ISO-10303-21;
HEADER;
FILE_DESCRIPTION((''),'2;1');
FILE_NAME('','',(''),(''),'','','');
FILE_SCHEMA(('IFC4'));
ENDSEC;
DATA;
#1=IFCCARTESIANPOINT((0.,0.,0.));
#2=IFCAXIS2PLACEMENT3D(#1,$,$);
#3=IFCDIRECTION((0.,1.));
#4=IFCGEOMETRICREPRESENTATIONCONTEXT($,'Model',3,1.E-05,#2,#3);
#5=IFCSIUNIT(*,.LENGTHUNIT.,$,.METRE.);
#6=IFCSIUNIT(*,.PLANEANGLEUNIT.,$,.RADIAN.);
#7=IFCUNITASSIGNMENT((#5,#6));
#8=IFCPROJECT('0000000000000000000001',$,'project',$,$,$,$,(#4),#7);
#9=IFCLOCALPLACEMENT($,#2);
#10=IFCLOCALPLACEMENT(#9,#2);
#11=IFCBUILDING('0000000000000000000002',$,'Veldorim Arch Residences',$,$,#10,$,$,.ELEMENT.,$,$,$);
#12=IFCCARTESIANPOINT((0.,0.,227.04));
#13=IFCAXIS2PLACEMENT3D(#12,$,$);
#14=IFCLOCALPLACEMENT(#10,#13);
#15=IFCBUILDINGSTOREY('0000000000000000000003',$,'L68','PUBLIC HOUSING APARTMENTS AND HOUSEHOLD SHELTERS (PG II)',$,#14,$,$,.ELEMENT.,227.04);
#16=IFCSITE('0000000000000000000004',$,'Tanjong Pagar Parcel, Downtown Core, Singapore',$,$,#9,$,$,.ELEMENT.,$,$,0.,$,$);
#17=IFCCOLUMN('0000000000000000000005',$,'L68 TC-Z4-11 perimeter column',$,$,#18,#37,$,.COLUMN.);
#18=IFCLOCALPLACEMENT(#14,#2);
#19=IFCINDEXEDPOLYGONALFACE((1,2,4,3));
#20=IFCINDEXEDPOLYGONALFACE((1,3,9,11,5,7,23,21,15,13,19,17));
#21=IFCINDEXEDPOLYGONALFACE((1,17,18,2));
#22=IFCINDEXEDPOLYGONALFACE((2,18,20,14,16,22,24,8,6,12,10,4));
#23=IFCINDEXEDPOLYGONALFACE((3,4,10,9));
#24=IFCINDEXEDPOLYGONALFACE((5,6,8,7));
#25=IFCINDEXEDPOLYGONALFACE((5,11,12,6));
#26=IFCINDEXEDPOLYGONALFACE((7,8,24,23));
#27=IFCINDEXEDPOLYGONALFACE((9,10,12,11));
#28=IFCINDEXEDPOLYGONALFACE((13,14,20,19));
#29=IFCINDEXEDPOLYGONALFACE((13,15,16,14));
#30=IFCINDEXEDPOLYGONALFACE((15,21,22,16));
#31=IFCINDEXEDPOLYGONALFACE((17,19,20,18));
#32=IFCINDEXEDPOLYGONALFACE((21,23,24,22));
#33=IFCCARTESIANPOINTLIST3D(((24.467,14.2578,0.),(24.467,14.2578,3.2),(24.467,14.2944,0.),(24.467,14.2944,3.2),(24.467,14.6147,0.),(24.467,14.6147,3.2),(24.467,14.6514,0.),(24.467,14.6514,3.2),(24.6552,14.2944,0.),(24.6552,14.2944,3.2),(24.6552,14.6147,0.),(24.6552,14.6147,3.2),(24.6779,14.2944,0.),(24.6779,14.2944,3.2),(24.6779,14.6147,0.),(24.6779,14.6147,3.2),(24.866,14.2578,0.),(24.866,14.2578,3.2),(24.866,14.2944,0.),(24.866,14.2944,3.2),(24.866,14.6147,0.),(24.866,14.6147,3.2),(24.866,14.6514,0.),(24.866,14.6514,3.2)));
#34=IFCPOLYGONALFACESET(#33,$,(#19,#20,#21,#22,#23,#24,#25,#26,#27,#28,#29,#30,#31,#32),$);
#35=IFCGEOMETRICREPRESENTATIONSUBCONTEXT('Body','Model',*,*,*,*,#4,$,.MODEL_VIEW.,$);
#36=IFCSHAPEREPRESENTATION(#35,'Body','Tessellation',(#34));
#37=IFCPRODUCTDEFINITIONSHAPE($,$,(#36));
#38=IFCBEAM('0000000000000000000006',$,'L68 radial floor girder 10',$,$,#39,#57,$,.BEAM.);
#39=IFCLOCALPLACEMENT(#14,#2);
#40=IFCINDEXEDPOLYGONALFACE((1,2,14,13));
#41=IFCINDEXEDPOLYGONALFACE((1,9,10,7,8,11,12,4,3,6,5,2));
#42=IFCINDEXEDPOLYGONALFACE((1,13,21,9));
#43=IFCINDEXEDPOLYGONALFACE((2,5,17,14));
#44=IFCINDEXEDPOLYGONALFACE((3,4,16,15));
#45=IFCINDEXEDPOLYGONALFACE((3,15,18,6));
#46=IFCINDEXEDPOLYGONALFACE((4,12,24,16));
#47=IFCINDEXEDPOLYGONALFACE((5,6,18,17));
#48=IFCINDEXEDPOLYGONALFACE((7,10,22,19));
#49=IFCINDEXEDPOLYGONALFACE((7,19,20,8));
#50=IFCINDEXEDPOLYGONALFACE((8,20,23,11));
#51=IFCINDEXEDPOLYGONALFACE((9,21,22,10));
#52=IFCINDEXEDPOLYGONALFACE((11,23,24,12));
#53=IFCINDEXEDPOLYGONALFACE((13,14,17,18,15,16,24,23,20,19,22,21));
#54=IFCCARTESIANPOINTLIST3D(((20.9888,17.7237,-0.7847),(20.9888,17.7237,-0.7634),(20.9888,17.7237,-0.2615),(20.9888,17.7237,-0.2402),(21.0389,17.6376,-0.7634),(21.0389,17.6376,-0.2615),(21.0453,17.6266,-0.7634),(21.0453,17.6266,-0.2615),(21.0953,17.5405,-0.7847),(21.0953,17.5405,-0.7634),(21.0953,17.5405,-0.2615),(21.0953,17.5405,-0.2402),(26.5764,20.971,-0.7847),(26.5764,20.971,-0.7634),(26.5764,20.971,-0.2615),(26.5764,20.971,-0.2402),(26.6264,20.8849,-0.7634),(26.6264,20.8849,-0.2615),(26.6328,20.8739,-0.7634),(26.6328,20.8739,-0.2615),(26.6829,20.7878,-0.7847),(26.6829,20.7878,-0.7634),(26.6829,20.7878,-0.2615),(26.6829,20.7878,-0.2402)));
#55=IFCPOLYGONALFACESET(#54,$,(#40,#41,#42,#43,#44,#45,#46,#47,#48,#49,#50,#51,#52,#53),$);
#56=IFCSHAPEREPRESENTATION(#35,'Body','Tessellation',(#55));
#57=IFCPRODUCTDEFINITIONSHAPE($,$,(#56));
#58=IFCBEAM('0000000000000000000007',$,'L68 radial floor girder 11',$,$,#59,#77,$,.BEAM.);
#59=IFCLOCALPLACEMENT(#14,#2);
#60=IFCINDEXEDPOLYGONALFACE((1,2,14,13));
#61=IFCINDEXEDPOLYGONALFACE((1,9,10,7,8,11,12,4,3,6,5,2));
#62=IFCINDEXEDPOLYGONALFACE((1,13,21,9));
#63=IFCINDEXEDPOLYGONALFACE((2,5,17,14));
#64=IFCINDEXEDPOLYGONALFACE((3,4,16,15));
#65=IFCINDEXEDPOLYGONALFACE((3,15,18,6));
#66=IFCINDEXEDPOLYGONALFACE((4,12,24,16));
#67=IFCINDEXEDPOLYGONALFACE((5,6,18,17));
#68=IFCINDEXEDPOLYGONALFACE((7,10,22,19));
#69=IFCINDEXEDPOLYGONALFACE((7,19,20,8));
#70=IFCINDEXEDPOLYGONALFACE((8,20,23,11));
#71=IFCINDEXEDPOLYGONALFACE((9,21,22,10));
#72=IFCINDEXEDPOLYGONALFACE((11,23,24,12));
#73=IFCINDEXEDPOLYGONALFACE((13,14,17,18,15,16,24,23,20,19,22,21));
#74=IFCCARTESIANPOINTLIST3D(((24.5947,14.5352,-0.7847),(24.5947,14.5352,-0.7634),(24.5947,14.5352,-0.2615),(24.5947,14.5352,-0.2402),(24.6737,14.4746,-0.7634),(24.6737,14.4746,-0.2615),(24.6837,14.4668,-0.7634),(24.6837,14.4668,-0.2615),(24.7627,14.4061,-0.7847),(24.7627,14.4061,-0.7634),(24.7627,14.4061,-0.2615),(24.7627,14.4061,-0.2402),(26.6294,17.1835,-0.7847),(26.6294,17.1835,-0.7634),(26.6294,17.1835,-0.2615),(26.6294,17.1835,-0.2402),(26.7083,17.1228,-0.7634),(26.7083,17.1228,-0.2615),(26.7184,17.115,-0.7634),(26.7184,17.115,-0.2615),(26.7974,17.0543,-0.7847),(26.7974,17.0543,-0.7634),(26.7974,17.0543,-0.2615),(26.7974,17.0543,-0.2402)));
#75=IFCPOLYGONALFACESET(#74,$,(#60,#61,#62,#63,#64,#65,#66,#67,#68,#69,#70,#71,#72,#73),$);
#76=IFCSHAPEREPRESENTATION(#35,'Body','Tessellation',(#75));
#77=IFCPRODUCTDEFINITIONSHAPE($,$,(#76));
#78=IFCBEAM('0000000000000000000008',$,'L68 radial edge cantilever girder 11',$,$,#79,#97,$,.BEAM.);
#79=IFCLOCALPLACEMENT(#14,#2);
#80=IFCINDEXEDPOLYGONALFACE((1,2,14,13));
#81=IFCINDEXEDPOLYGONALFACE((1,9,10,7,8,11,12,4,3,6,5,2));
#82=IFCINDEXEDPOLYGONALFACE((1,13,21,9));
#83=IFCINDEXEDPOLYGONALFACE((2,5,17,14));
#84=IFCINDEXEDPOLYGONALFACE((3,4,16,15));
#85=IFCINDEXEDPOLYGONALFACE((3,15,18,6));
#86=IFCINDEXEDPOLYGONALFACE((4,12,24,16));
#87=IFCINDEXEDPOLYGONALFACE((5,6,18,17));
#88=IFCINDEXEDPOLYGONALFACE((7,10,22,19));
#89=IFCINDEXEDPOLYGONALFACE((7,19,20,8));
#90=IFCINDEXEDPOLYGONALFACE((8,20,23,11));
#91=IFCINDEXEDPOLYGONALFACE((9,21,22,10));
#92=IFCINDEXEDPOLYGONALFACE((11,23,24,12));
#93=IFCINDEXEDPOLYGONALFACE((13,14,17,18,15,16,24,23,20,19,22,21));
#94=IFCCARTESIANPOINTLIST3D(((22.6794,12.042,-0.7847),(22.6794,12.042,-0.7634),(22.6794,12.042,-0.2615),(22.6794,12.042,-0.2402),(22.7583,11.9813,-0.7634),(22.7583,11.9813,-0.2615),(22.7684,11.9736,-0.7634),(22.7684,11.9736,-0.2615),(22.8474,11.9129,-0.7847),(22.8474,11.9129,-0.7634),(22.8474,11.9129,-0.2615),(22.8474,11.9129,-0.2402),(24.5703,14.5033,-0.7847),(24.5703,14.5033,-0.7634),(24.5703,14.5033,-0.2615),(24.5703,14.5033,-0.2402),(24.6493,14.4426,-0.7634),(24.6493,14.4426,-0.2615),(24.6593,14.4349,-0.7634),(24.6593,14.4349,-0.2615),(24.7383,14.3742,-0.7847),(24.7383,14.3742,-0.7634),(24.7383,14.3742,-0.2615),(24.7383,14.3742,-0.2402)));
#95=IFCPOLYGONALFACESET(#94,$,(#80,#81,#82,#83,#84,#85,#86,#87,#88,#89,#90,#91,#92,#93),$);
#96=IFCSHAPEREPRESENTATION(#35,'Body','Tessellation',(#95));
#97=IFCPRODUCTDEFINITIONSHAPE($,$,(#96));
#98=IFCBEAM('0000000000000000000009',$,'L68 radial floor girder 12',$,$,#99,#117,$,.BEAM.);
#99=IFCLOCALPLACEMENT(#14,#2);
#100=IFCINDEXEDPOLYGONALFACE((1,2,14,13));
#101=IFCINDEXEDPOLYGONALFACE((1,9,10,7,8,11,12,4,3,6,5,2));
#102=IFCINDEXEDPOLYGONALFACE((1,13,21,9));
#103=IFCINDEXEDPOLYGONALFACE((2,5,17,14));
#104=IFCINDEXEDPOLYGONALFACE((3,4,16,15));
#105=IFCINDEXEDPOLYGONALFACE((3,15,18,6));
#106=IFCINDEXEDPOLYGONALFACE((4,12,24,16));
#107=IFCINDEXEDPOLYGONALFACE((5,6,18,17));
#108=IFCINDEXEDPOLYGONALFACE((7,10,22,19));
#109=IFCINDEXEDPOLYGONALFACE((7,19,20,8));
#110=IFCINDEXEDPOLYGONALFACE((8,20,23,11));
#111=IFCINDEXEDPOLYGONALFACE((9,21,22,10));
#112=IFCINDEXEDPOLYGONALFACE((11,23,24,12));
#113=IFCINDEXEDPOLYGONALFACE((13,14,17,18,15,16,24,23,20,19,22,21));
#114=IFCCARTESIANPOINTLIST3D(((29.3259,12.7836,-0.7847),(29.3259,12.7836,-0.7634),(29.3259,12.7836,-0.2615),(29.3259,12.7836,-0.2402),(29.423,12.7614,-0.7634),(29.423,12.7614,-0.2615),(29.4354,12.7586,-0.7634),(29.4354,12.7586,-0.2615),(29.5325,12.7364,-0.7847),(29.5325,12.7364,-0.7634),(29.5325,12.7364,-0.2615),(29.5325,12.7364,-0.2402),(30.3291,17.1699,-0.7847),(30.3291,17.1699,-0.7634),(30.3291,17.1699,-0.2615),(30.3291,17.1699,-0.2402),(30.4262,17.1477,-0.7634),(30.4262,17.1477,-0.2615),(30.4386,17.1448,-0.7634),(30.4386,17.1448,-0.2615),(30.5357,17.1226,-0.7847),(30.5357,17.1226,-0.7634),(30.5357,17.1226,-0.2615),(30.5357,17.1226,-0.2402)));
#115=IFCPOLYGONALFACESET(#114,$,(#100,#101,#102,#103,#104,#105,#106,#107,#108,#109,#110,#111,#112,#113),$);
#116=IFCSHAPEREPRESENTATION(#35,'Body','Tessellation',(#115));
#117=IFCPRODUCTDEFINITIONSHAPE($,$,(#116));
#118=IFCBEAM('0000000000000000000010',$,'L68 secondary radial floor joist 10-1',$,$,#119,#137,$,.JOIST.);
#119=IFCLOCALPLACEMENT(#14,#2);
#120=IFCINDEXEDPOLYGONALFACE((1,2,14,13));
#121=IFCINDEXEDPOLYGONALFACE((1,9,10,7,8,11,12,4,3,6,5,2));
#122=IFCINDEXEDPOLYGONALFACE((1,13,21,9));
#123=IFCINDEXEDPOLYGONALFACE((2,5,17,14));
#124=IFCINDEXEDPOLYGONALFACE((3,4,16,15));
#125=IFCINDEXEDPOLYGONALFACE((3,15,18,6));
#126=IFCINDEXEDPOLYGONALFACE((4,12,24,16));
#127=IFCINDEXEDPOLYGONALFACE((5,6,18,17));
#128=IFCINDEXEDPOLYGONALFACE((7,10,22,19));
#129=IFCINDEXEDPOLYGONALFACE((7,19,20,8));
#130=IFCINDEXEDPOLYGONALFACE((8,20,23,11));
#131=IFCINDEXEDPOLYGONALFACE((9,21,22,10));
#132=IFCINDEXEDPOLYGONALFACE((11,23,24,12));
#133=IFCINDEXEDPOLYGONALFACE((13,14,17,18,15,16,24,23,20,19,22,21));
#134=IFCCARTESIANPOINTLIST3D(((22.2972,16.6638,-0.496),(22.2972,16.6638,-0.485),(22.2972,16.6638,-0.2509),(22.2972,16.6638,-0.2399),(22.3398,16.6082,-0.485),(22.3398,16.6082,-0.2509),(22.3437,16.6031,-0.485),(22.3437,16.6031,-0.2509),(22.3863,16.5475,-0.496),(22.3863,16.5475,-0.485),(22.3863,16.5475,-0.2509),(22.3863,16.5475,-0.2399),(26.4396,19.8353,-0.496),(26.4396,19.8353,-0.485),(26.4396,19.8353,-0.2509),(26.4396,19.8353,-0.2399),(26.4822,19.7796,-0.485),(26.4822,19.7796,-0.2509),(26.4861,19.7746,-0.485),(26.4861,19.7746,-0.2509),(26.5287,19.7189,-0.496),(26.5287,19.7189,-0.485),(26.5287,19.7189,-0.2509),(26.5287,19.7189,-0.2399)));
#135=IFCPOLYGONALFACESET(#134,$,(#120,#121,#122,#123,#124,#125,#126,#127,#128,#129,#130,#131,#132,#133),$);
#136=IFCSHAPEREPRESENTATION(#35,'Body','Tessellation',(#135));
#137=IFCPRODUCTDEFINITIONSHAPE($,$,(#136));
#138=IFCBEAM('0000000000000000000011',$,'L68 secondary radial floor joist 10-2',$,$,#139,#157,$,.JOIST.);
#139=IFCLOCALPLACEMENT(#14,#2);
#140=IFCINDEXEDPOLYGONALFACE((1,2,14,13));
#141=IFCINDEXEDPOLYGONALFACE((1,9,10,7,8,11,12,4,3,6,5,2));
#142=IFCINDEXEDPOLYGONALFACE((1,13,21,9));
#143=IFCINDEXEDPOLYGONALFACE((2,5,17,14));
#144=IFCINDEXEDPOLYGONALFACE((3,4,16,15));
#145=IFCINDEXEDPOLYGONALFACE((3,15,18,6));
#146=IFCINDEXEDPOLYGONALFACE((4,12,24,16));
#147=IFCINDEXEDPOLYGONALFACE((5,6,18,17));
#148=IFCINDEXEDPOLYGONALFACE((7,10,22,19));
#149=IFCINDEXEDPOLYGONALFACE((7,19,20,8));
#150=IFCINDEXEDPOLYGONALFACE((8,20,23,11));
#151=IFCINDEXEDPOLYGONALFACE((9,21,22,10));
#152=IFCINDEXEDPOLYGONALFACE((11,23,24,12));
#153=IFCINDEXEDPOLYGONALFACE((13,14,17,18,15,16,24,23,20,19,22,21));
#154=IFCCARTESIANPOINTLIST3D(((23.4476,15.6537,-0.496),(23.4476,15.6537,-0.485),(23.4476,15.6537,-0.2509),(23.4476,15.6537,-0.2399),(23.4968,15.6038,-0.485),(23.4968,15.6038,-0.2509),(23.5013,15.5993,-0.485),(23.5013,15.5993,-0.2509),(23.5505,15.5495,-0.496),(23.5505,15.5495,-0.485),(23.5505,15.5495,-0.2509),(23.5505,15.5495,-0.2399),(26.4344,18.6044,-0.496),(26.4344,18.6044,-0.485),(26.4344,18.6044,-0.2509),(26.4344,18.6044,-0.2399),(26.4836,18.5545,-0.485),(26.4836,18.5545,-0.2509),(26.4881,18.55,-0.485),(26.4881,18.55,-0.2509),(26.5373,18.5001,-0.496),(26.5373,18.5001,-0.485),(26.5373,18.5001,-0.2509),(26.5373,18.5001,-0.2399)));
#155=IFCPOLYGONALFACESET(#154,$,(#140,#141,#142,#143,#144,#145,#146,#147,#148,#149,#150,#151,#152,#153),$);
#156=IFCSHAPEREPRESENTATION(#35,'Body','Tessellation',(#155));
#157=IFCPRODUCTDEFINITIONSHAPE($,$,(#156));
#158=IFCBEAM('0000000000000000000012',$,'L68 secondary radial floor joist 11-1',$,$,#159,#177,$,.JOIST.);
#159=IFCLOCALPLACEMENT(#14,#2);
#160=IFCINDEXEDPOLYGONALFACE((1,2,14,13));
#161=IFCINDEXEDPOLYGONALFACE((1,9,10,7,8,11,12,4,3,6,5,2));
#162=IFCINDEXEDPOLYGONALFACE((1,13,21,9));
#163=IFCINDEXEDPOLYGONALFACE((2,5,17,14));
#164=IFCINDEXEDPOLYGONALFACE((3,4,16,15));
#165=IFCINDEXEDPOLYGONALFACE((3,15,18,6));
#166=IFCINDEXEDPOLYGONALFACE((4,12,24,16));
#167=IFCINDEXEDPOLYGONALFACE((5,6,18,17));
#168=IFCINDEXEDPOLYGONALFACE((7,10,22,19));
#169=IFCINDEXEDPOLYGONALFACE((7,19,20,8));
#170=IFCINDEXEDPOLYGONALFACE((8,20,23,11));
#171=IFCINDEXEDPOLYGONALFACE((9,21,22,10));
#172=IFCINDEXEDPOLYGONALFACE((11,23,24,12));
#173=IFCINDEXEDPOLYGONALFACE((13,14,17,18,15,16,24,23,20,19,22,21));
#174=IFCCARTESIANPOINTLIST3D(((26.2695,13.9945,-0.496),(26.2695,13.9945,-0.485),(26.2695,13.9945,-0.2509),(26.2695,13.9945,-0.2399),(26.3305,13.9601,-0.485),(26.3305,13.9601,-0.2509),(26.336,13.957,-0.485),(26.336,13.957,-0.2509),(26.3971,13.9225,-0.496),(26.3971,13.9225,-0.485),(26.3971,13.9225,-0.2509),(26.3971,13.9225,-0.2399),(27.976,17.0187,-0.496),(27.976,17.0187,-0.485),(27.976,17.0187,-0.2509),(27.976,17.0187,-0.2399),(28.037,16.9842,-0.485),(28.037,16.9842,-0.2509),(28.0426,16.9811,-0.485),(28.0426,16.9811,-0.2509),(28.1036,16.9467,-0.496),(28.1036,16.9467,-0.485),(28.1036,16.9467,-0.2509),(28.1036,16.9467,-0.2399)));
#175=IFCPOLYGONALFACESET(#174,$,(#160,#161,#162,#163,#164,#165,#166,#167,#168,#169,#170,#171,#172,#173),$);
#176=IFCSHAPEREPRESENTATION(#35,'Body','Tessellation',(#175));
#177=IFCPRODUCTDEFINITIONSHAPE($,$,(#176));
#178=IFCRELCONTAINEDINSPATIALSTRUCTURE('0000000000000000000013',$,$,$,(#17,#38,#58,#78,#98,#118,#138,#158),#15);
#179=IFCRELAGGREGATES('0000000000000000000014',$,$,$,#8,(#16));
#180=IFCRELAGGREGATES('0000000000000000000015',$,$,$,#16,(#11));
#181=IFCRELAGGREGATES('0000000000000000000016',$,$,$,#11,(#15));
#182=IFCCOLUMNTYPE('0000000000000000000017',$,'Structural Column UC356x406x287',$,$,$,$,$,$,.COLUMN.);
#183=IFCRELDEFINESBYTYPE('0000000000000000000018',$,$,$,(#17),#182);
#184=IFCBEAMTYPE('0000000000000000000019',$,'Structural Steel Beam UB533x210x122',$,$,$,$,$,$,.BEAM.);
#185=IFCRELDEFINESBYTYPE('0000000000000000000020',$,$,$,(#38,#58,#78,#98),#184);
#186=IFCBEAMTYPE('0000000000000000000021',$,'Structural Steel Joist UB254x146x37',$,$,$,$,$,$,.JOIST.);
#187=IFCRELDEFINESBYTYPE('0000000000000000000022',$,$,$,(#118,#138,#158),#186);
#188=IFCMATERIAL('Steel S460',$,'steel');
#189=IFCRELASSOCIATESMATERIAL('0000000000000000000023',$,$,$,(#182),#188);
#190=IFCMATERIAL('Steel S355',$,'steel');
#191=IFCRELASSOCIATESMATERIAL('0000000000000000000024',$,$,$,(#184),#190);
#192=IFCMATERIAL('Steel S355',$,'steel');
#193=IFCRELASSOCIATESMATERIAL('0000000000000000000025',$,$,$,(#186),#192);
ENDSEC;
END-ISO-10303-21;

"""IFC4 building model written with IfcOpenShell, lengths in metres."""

from ifc_helpers import new_model, si_unit, direction, frame, origin, origin_2d, place, context, subcontext, project, spatial, i_section, extrude, material, material_profile, profile_set, type_object, element, save


model = new_model("IFC4")

# Units and contexts
model_context = context("Model", 3, precision=1e-05, world=origin(), true_north=direction((0.0, 1.0)))
body_context = subcontext(model_context, "Body", "Model", "MODEL_VIEW")
ifc_project = project(units=[si_unit("LENGTHUNIT", "METRE"), si_unit("PLANEANGLEUNIT", "RADIAN")], contexts=[model_context])

# Site, building, storey
site_placement = place(None, origin())
site = spatial("IfcSite", under=ifc_project, at=site_placement, Name="Tanjong Pagar Parcel, Downtown Core, Singapore", CompositionType="ELEMENT", RefElevation=0.0)
building_placement = place(site_placement, origin())
building = spatial("IfcBuilding", under=site, at=building_placement, Name="Veldorim Arch Residences", CompositionType="ELEMENT")
storey_placement = place(building_placement, frame((0.0, 0.0, 227.04)))
storey = spatial("IfcBuildingStorey", under=building, at=storey_placement, Name="L68", Description="PUBLIC HOUSING APARTMENTS AND HOUSEHOLD SHELTERS (PG II)", CompositionType="ELEMENT", Elevation=227.04)

# Column
ifc_material_1 = material(Name="Steel S460", Category="steel")
ifc_material_profile_1 = material_profile(ifc_material_1, i_section(OverallWidth=0.3989, OverallDepth=0.3936, WebThickness=0.0227, FlangeThickness=0.0366, at=origin_2d()), Name="UC356x406x287")
ifc_profile_set_1 = profile_set([ifc_material_profile_1], Name="Steel S460")
column_type = type_object("IfcColumnType", Name="Structural Column UC356x406x287", PredefinedType="COLUMN", material=ifc_profile_set_1)
column_placement = place(storey_placement, frame((24.6665, 14.4546, 0.0), z_axis=(0.0, 0.0, 1.0), x_axis=(1.0, 0.0, 0.0)))
element("IfcColumn", 1, at=column_placement, inside=storey, type_object=column_type, Name="L68 TC-Z4-11 perimeter column", PredefinedType="COLUMN", context=body_context, shape_type="SweptSolid", body=[
    extrude(i_section(OverallWidth=0.3989, OverallDepth=0.3936, WebThickness=0.0227, FlangeThickness=0.0366, at=origin_2d()), origin(), (0.0, 0.0, 1.0), 3.2),
])

# Beams
ifc_material_2 = material(Name="Steel S355", Category="steel")
ifc_material_profile_2 = material_profile(ifc_material_2, i_section(OverallWidth=0.2119, OverallDepth=0.5444, WebThickness=0.0127, FlangeThickness=0.0212, at=origin_2d()), Name="UB533x210x122")
ifc_profile_set_2 = profile_set([ifc_material_profile_2], Name="Steel S355")
beam_type_1 = type_object("IfcBeamType", Name="Structural Steel Beam UB533x210x122", PredefinedType="BEAM", material=ifc_profile_set_2)
beam_1_placement = place(storey_placement, frame((26.6296, 20.8794, -0.5125), z_axis=(-0.864596, -0.502468, 0.0), x_axis=(0.502468, -0.864596, 0.0)))
element("IfcBeam", 2, at=beam_1_placement, inside=storey, type_object=beam_type_1, Name="L68 radial floor girder 10", PredefinedType="BEAM", context=body_context, shape_type="SweptSolid", body=[
    extrude(i_section(OverallWidth=0.2119, OverallDepth=0.5444, WebThickness=0.0127, FlangeThickness=0.0212, at=origin_2d()), origin(), (0.0, 0.0, 1.0), 6.4626),
])
beam_2_placement = place(storey_placement, frame((26.7134, 17.1189, -0.5125), z_axis=(-0.609258, -0.792972, 0.0), x_axis=(0.792972, -0.609258, 0.0)))
element("IfcBeam", 3, at=beam_2_placement, inside=storey, type_object=beam_type_1, Name="L68 radial floor girder 11", PredefinedType="BEAM", context=body_context, shape_type="SweptSolid", body=[
    extrude(i_section(OverallWidth=0.2119, OverallDepth=0.5444, WebThickness=0.0127, FlangeThickness=0.0212, at=origin_2d()), origin(), (0.0, 0.0, 1.0), 3.3396),
])
beam_3_placement = place(storey_placement, frame((24.6543, 14.4387, -0.5125), z_axis=(-0.609235, -0.792989, 0.0), x_axis=(0.792989, -0.609235, 0.0)))
element("IfcBeam", 4, at=beam_3_placement, inside=storey, type_object=beam_type_1, Name="L68 radial edge cantilever girder 11", PredefinedType="BEAM", context=body_context, shape_type="SweptSolid", body=[
    extrude(i_section(OverallWidth=0.2119, OverallDepth=0.5444, WebThickness=0.0127, FlangeThickness=0.0212, at=origin_2d()), origin(), (0.0, 0.0, 1.0), 3.1038),
])
beam_4_placement = place(storey_placement, frame((30.4324, 17.1462, -0.5125), z_axis=(-0.222953, -0.974829, 0.0), x_axis=(0.974829, -0.222953, 0.0)))
element("IfcBeam", 5, at=beam_4_placement, inside=storey, type_object=beam_type_1, Name="L68 radial floor girder 12", PredefinedType="BEAM", context=body_context, shape_type="SweptSolid", body=[
    extrude(i_section(OverallWidth=0.2119, OverallDepth=0.5444, WebThickness=0.0127, FlangeThickness=0.0212, at=origin_2d()), origin(), (0.0, 0.0, 1.0), 4.4995),
])
ifc_material_3 = material(Name="Steel S355", Category="steel")
ifc_material_profile_3 = material_profile(ifc_material_3, i_section(OverallWidth=0.1465, OverallDepth=0.2561, WebThickness=0.0063, FlangeThickness=0.011, at=origin_2d()), Name="UB254x146x37")
ifc_profile_set_3 = profile_set([ifc_material_profile_3], Name="Steel S355")
beam_type_2 = type_object("IfcBeamType", Name="Structural Steel Joist UB254x146x37", PredefinedType="JOIST", material=ifc_profile_set_3)
beam_5_placement = place(storey_placement, frame((26.4841, 19.7771, -0.3679), z_axis=(-0.794014, -0.6079, 0.0), x_axis=(0.6079, -0.794014, 0.0)))
element("IfcBeam", 6, at=beam_5_placement, inside=storey, type_object=beam_type_2, Name="L68 secondary radial floor joist 10-1", PredefinedType="JOIST", context=body_context, shape_type="SweptSolid", body=[
    extrude(i_section(OverallWidth=0.1465, OverallDepth=0.2561, WebThickness=0.0063, FlangeThickness=0.011, at=origin_2d()), origin(), (0.0, 0.0, 1.0), 5.217),
])
beam_6_placement = place(storey_placement, frame((26.4858, 18.5522, -0.3679), z_axis=(-0.711397, -0.702791, 0.0), x_axis=(0.702791, -0.711397, 0.0)))
element("IfcBeam", 7, at=beam_6_placement, inside=storey, type_object=beam_type_2, Name="L68 secondary radial floor joist 10-2", PredefinedType="JOIST", context=body_context, shape_type="SweptSolid", body=[
    extrude(i_section(OverallWidth=0.1465, OverallDepth=0.2561, WebThickness=0.0063, FlangeThickness=0.011, at=origin_2d()), origin(), (0.0, 0.0, 1.0), 4.1985),
])
beam_7_placement = place(storey_placement, frame((28.0398, 16.9827, -0.3679), z_axis=(-0.491452, -0.870904, 0.0), x_axis=(0.870904, -0.491452, 0.0)))
element("IfcBeam", 8, at=beam_7_placement, inside=storey, type_object=beam_type_2, Name="L68 secondary radial floor joist 11-1", PredefinedType="JOIST", context=body_context, shape_type="SweptSolid", body=[
    extrude(i_section(OverallWidth=0.1465, OverallDepth=0.2561, WebThickness=0.0063, FlangeThickness=0.011, at=origin_2d()), origin(), (0.0, 0.0, 1.0), 3.4724),
])

save(model, "model.ifc")
